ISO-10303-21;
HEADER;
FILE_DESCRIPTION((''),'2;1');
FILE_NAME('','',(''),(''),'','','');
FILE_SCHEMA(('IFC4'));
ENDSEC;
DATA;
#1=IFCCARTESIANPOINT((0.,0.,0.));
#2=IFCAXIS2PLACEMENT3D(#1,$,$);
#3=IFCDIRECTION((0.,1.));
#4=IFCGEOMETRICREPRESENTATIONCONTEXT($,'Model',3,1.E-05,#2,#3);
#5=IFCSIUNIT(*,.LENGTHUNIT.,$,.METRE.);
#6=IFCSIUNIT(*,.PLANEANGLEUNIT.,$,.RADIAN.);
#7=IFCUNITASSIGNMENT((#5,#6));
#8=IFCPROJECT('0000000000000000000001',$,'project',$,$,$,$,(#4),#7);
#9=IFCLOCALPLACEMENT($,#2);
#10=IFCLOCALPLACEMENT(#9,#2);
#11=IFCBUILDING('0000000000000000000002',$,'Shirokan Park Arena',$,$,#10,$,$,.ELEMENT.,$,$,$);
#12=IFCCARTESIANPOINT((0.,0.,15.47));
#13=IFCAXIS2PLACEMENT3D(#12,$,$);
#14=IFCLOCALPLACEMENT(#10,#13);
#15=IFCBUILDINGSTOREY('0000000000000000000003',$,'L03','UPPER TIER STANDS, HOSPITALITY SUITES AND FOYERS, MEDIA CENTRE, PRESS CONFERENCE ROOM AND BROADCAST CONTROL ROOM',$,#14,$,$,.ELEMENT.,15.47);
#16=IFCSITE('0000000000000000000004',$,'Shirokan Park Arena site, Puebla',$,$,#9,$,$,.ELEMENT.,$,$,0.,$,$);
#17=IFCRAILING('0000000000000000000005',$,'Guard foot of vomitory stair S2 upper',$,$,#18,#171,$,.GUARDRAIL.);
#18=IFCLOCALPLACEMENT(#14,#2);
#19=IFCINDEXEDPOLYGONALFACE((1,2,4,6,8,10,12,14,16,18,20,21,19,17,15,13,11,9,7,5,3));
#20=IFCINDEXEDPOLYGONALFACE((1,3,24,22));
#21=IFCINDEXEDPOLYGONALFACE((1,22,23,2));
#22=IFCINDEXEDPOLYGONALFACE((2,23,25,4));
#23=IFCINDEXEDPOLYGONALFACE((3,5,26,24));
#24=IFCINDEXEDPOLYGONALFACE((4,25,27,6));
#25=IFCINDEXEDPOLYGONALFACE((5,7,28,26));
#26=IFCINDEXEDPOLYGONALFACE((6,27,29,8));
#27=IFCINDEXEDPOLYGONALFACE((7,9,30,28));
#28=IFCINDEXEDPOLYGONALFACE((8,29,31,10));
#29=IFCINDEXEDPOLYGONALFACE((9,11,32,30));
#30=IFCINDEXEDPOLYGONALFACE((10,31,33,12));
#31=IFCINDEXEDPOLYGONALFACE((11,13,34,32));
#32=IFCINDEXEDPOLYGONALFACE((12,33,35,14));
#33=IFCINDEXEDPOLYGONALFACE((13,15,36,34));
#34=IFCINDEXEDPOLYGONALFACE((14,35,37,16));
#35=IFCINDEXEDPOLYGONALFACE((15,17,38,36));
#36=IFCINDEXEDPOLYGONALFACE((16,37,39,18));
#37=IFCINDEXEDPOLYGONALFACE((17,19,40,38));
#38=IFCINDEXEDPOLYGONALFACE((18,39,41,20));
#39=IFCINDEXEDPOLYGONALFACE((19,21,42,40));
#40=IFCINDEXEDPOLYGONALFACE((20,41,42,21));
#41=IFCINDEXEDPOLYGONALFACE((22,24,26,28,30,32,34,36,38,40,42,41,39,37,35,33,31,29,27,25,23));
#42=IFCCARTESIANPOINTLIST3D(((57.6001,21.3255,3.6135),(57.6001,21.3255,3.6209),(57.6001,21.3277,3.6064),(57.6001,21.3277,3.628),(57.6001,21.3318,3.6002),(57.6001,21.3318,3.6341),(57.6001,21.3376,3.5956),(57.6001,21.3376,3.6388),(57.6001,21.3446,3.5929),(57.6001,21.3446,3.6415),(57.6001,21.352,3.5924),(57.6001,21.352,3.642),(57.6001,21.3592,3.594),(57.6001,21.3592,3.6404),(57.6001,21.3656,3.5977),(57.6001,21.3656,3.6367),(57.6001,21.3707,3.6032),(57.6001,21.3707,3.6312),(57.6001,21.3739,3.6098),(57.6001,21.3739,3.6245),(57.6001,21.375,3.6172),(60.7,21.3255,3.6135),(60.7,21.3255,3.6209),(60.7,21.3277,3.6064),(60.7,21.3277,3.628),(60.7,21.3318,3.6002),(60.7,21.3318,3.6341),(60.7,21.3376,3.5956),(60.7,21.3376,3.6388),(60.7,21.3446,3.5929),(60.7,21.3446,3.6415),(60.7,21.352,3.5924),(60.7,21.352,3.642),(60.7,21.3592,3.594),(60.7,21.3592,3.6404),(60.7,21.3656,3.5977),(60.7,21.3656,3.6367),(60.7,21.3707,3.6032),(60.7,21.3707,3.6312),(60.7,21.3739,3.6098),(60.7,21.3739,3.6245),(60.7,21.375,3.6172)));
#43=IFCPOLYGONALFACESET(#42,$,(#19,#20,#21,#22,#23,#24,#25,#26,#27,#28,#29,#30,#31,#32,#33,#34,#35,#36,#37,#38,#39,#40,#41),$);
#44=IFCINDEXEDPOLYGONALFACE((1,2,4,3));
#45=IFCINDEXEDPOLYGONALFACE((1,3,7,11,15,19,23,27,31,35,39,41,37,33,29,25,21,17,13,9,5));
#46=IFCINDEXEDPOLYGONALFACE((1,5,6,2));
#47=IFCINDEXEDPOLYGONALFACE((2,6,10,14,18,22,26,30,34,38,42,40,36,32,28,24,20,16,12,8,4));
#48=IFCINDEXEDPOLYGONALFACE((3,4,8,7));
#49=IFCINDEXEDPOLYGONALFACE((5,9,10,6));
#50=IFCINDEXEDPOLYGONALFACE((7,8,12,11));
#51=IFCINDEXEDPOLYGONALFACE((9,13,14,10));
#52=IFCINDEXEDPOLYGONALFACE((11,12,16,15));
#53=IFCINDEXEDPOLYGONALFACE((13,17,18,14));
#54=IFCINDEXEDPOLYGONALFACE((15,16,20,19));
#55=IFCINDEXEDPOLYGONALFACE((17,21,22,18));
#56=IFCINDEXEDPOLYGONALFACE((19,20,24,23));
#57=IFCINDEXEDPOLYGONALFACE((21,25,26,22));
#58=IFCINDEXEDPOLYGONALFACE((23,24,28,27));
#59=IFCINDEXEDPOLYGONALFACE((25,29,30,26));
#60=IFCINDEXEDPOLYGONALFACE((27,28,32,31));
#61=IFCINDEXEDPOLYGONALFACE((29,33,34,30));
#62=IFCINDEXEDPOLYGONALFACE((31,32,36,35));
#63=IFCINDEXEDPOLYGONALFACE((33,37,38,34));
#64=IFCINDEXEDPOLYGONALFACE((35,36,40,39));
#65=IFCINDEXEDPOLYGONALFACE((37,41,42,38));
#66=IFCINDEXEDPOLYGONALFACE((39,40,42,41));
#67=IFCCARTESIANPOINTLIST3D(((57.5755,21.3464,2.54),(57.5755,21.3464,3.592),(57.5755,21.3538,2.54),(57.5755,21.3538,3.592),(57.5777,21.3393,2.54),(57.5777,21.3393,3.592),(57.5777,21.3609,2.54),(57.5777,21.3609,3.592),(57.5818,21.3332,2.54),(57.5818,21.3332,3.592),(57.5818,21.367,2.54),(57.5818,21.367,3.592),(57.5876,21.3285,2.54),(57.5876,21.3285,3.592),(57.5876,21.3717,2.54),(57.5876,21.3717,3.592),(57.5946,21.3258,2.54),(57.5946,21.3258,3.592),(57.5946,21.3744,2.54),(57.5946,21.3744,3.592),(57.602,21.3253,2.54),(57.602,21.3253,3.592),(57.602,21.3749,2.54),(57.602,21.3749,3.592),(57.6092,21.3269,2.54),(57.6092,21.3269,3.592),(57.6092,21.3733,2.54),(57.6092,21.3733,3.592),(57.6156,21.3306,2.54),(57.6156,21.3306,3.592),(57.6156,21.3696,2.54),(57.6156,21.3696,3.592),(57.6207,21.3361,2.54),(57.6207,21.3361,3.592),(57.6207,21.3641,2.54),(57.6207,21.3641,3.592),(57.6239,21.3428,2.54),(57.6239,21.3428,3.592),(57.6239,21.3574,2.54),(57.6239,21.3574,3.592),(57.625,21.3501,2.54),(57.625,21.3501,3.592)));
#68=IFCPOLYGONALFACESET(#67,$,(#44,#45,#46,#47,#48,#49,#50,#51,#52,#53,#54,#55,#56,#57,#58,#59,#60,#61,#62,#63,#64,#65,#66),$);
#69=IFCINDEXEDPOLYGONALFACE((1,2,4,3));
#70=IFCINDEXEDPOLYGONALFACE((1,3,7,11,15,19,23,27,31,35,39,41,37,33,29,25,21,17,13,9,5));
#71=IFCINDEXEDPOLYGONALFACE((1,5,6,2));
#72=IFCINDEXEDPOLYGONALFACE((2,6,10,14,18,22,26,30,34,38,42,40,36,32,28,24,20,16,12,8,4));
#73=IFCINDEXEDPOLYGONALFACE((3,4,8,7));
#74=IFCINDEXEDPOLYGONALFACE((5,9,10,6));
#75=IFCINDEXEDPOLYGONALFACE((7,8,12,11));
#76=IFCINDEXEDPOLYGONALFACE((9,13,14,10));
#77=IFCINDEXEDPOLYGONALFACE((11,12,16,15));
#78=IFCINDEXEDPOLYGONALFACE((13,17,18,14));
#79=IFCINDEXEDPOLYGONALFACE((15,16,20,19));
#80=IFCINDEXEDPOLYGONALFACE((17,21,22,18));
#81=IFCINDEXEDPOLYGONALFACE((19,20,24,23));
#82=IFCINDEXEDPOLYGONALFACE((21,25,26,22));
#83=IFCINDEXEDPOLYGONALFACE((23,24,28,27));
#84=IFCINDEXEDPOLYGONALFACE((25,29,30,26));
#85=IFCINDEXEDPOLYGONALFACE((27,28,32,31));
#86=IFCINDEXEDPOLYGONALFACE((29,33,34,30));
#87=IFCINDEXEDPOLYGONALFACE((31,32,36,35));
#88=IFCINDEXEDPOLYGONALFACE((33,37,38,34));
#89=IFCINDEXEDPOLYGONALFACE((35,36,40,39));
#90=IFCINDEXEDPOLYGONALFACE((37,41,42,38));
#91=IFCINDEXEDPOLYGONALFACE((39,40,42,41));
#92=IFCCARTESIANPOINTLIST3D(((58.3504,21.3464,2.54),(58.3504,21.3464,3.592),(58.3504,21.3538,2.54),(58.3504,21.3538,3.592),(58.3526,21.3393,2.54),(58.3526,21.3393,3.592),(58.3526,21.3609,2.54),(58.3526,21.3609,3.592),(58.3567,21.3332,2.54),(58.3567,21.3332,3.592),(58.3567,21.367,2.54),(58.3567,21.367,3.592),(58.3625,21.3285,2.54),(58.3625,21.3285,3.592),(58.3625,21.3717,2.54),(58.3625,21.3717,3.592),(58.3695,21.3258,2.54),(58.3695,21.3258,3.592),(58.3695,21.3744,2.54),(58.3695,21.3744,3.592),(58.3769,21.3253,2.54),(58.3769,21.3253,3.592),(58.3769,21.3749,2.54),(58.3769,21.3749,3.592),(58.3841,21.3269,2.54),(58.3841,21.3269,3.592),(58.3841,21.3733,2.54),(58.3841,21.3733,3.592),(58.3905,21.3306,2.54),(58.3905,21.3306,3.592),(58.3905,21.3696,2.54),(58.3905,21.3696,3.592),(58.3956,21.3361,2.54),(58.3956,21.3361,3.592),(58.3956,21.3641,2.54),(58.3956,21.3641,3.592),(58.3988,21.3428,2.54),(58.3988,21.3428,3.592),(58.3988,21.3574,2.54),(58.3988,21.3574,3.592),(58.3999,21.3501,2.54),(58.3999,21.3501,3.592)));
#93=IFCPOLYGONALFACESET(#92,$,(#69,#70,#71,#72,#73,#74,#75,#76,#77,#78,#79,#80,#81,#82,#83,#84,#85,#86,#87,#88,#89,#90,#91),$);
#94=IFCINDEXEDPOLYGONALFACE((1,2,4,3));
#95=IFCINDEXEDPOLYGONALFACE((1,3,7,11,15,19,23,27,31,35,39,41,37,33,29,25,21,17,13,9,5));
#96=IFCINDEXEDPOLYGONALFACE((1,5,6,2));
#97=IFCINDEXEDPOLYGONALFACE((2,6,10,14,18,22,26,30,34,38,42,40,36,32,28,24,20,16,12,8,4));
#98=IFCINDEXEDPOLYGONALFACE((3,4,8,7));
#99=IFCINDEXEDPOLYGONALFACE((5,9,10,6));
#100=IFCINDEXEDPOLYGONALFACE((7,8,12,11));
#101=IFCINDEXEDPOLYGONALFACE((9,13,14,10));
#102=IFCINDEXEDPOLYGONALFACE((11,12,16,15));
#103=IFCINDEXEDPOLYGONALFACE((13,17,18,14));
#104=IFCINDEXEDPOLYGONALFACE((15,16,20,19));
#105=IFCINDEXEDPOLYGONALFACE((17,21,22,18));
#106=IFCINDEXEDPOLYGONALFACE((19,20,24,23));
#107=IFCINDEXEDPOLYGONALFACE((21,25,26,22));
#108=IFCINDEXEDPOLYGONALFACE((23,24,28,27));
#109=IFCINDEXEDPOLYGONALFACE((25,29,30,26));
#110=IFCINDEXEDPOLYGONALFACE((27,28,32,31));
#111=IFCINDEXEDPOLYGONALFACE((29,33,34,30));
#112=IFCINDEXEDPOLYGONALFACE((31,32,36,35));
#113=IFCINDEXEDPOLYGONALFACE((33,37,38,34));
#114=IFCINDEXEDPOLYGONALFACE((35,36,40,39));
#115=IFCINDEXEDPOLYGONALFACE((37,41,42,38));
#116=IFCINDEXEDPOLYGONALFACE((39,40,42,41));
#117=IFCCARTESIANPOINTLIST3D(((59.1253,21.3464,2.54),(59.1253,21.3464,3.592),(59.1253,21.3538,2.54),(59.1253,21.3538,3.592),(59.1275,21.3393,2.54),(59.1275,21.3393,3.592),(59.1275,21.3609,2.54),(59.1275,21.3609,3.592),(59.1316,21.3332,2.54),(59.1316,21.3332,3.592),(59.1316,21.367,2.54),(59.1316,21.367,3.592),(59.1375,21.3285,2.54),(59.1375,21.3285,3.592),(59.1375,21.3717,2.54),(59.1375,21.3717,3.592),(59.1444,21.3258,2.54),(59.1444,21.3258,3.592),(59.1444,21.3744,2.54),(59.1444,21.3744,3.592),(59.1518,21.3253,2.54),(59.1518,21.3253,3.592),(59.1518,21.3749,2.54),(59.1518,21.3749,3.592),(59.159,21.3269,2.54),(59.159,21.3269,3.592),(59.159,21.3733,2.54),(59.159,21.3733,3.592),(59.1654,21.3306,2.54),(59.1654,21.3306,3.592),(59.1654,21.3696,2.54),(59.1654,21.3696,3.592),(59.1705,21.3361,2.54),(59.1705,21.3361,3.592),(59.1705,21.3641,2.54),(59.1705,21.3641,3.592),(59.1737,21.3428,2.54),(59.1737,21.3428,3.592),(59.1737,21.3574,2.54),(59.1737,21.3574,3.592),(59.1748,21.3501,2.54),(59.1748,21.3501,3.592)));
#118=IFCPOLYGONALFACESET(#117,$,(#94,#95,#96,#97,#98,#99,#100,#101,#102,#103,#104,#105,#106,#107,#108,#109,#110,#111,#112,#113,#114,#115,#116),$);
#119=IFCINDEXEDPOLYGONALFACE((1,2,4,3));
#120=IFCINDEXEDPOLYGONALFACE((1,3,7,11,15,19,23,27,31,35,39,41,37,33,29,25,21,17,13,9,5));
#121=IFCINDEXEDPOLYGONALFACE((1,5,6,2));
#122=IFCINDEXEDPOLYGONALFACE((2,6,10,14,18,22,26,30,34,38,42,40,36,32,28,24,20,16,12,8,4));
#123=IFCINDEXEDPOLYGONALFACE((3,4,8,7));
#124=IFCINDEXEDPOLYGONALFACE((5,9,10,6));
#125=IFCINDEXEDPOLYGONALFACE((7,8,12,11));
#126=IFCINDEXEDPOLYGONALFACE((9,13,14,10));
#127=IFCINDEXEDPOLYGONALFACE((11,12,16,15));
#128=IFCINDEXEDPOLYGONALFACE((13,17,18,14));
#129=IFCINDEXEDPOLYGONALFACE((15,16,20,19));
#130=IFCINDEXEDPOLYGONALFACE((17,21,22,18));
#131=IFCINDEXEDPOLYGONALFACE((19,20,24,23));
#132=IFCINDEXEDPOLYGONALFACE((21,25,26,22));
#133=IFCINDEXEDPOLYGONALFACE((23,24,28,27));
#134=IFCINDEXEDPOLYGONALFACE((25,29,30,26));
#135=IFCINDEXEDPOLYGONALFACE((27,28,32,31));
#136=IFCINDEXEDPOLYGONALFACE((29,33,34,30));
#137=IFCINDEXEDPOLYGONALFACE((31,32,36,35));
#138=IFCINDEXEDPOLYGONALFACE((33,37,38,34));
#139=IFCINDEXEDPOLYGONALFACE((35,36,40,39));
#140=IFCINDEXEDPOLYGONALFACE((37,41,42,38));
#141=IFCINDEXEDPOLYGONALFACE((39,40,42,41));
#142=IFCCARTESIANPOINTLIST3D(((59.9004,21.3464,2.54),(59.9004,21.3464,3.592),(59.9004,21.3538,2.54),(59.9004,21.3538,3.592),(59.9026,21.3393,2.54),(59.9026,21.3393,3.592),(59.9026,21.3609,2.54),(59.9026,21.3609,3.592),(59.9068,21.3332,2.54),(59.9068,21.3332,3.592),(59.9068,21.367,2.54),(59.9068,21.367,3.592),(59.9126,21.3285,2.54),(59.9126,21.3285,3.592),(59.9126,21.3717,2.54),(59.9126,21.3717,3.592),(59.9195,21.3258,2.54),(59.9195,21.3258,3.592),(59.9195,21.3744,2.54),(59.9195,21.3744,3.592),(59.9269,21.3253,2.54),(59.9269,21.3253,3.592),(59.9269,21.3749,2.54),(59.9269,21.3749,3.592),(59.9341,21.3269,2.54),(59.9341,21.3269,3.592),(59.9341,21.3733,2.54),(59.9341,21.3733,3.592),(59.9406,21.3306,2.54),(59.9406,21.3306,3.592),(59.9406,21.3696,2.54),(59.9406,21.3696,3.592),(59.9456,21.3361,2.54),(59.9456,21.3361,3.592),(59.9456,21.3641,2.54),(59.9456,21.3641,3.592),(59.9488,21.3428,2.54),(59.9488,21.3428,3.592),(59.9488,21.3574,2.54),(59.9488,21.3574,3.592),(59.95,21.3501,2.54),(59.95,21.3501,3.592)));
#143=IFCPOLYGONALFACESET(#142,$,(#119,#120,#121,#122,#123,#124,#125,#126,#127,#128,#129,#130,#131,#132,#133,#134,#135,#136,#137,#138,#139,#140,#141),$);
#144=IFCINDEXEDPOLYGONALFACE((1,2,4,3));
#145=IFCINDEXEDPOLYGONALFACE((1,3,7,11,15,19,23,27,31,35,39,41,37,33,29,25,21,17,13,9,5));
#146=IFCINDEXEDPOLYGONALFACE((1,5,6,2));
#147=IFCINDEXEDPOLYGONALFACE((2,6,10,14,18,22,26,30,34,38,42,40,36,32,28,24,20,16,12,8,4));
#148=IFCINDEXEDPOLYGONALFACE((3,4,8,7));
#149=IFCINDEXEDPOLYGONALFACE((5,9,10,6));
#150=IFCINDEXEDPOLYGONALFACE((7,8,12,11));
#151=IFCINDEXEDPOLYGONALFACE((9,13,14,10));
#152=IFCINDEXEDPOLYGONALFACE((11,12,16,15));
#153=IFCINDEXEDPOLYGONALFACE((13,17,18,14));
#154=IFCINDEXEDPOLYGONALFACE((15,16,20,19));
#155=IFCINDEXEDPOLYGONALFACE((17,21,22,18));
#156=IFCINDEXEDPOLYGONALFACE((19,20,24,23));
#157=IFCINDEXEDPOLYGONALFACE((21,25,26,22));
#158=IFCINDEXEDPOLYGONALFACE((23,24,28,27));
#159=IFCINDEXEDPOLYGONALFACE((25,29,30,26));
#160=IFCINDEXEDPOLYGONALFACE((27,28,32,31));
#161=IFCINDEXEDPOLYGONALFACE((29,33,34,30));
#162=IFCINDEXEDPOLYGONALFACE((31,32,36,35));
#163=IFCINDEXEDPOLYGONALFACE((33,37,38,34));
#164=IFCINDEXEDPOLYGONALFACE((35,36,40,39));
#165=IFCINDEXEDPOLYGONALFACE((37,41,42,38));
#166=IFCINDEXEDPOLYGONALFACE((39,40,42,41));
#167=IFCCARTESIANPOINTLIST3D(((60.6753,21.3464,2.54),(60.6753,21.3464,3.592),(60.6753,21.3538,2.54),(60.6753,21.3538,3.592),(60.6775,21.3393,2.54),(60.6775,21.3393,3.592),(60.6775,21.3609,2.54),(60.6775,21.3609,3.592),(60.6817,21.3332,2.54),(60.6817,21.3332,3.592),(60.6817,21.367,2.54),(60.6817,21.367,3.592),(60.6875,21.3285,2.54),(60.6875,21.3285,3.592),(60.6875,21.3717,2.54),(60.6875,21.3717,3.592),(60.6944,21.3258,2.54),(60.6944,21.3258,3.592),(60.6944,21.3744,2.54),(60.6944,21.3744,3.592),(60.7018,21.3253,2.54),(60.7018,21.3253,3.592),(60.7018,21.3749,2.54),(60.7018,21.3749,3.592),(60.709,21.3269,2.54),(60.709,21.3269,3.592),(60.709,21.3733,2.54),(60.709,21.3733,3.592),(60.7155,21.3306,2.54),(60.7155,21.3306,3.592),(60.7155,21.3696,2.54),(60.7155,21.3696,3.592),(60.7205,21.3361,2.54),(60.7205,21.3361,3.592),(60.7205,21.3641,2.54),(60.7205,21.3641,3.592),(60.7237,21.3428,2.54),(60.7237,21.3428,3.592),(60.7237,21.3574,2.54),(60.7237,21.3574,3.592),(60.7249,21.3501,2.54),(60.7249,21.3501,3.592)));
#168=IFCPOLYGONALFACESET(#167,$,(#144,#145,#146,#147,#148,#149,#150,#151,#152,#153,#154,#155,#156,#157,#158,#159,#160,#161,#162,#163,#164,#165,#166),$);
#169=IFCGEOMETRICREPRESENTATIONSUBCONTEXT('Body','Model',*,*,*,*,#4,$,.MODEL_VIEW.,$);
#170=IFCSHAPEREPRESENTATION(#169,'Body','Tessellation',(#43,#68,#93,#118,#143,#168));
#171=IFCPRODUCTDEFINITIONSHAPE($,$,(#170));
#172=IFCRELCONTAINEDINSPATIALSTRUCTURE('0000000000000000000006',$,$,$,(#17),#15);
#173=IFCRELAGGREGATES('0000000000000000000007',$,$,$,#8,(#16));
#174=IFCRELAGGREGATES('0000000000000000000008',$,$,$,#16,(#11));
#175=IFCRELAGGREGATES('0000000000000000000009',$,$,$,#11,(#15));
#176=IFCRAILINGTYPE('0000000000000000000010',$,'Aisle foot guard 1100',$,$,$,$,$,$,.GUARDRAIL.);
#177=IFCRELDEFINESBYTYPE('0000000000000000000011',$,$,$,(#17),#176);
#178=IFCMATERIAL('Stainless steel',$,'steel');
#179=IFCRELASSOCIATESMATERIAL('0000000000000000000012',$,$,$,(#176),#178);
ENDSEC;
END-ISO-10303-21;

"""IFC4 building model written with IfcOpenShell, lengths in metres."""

from ifc_helpers import new_model, si_unit, direction, frame, origin, origin_2d, place, context, subcontext, project, spatial, circle, extrude, material, type_object, element, save


model = new_model("IFC4")

# Units and contexts
model_context = context("Model", 3, precision=1e-05, world=origin(), true_north=direction((0.0, 1.0)))
body_context = subcontext(model_context, "Body", "Model", "MODEL_VIEW")
ifc_project = project(units=[si_unit("LENGTHUNIT", "METRE"), si_unit("PLANEANGLEUNIT", "RADIAN")], contexts=[model_context])

# Site, building, storey
site_placement = place(None, origin())
site = spatial("IfcSite", under=ifc_project, at=site_placement, Name="Shirokan Park Arena site, Puebla", CompositionType="ELEMENT", RefElevation=0.0)
building_placement = place(site_placement, origin())
building = spatial("IfcBuilding", under=site, at=building_placement, Name="Shirokan Park Arena", CompositionType="ELEMENT")
storey_placement = place(building_placement, frame((0.0, 0.0, 15.47)))
storey = spatial("IfcBuildingStorey", under=building, at=storey_placement, Name="L03", Description="UPPER TIER STANDS, HOSPITALITY SUITES AND FOYERS, MEDIA CENTRE, PRESS CONFERENCE ROOM AND BROADCAST CONTROL ROOM", CompositionType="ELEMENT", Elevation=15.47)

# Railing
ifc_material_1 = material(Name="Stainless steel", Category="steel")
railing_type_1 = type_object("IfcRailingType", Name="Aisle foot guard 1100", PredefinedType="GUARDRAIL", material=ifc_material_1)
railing_1_placement = place(storey_placement, frame((57.6001, 21.3501, 2.54)))
element("IfcRailing", 1, at=railing_1_placement, inside=storey, type_object=railing_type_1, Name="Guard foot of vomitory stair S2 upper", PredefinedType="GUARDRAIL", context=body_context, shape_type="SweptSolid", body=[
    extrude(circle(Radius=0.0249, at=origin_2d()), frame((0.0, 0.0, 1.0771), z_axis=(1.0, 0.0, 0.0), x_axis=(0.0, 1.0, 0.0)), (0.0, 0.0, 1.0), 3.0999),
    extrude(circle(Radius=0.0249, at=origin_2d()), origin(), (0.0, 0.0, 1.0), 1.052),
    extrude(circle(Radius=0.0249, at=origin_2d()), frame((0.7749, 0.0, 0.0)), (0.0, 0.0, 1.0), 1.052),
    extrude(circle(Radius=0.0249, at=origin_2d()), frame((1.5498, 0.0, 0.0)), (0.0, 0.0, 1.0), 1.052),
    extrude(circle(Radius=0.0249, at=origin_2d()), frame((2.325, 0.0, 0.0)), (0.0, 0.0, 1.0), 1.052),
    extrude(circle(Radius=0.0249, at=origin_2d()), frame((3.0999, 0.0, 0.0)), (0.0, 0.0, 1.0), 1.052),
])

save(model, "model.ifc")
